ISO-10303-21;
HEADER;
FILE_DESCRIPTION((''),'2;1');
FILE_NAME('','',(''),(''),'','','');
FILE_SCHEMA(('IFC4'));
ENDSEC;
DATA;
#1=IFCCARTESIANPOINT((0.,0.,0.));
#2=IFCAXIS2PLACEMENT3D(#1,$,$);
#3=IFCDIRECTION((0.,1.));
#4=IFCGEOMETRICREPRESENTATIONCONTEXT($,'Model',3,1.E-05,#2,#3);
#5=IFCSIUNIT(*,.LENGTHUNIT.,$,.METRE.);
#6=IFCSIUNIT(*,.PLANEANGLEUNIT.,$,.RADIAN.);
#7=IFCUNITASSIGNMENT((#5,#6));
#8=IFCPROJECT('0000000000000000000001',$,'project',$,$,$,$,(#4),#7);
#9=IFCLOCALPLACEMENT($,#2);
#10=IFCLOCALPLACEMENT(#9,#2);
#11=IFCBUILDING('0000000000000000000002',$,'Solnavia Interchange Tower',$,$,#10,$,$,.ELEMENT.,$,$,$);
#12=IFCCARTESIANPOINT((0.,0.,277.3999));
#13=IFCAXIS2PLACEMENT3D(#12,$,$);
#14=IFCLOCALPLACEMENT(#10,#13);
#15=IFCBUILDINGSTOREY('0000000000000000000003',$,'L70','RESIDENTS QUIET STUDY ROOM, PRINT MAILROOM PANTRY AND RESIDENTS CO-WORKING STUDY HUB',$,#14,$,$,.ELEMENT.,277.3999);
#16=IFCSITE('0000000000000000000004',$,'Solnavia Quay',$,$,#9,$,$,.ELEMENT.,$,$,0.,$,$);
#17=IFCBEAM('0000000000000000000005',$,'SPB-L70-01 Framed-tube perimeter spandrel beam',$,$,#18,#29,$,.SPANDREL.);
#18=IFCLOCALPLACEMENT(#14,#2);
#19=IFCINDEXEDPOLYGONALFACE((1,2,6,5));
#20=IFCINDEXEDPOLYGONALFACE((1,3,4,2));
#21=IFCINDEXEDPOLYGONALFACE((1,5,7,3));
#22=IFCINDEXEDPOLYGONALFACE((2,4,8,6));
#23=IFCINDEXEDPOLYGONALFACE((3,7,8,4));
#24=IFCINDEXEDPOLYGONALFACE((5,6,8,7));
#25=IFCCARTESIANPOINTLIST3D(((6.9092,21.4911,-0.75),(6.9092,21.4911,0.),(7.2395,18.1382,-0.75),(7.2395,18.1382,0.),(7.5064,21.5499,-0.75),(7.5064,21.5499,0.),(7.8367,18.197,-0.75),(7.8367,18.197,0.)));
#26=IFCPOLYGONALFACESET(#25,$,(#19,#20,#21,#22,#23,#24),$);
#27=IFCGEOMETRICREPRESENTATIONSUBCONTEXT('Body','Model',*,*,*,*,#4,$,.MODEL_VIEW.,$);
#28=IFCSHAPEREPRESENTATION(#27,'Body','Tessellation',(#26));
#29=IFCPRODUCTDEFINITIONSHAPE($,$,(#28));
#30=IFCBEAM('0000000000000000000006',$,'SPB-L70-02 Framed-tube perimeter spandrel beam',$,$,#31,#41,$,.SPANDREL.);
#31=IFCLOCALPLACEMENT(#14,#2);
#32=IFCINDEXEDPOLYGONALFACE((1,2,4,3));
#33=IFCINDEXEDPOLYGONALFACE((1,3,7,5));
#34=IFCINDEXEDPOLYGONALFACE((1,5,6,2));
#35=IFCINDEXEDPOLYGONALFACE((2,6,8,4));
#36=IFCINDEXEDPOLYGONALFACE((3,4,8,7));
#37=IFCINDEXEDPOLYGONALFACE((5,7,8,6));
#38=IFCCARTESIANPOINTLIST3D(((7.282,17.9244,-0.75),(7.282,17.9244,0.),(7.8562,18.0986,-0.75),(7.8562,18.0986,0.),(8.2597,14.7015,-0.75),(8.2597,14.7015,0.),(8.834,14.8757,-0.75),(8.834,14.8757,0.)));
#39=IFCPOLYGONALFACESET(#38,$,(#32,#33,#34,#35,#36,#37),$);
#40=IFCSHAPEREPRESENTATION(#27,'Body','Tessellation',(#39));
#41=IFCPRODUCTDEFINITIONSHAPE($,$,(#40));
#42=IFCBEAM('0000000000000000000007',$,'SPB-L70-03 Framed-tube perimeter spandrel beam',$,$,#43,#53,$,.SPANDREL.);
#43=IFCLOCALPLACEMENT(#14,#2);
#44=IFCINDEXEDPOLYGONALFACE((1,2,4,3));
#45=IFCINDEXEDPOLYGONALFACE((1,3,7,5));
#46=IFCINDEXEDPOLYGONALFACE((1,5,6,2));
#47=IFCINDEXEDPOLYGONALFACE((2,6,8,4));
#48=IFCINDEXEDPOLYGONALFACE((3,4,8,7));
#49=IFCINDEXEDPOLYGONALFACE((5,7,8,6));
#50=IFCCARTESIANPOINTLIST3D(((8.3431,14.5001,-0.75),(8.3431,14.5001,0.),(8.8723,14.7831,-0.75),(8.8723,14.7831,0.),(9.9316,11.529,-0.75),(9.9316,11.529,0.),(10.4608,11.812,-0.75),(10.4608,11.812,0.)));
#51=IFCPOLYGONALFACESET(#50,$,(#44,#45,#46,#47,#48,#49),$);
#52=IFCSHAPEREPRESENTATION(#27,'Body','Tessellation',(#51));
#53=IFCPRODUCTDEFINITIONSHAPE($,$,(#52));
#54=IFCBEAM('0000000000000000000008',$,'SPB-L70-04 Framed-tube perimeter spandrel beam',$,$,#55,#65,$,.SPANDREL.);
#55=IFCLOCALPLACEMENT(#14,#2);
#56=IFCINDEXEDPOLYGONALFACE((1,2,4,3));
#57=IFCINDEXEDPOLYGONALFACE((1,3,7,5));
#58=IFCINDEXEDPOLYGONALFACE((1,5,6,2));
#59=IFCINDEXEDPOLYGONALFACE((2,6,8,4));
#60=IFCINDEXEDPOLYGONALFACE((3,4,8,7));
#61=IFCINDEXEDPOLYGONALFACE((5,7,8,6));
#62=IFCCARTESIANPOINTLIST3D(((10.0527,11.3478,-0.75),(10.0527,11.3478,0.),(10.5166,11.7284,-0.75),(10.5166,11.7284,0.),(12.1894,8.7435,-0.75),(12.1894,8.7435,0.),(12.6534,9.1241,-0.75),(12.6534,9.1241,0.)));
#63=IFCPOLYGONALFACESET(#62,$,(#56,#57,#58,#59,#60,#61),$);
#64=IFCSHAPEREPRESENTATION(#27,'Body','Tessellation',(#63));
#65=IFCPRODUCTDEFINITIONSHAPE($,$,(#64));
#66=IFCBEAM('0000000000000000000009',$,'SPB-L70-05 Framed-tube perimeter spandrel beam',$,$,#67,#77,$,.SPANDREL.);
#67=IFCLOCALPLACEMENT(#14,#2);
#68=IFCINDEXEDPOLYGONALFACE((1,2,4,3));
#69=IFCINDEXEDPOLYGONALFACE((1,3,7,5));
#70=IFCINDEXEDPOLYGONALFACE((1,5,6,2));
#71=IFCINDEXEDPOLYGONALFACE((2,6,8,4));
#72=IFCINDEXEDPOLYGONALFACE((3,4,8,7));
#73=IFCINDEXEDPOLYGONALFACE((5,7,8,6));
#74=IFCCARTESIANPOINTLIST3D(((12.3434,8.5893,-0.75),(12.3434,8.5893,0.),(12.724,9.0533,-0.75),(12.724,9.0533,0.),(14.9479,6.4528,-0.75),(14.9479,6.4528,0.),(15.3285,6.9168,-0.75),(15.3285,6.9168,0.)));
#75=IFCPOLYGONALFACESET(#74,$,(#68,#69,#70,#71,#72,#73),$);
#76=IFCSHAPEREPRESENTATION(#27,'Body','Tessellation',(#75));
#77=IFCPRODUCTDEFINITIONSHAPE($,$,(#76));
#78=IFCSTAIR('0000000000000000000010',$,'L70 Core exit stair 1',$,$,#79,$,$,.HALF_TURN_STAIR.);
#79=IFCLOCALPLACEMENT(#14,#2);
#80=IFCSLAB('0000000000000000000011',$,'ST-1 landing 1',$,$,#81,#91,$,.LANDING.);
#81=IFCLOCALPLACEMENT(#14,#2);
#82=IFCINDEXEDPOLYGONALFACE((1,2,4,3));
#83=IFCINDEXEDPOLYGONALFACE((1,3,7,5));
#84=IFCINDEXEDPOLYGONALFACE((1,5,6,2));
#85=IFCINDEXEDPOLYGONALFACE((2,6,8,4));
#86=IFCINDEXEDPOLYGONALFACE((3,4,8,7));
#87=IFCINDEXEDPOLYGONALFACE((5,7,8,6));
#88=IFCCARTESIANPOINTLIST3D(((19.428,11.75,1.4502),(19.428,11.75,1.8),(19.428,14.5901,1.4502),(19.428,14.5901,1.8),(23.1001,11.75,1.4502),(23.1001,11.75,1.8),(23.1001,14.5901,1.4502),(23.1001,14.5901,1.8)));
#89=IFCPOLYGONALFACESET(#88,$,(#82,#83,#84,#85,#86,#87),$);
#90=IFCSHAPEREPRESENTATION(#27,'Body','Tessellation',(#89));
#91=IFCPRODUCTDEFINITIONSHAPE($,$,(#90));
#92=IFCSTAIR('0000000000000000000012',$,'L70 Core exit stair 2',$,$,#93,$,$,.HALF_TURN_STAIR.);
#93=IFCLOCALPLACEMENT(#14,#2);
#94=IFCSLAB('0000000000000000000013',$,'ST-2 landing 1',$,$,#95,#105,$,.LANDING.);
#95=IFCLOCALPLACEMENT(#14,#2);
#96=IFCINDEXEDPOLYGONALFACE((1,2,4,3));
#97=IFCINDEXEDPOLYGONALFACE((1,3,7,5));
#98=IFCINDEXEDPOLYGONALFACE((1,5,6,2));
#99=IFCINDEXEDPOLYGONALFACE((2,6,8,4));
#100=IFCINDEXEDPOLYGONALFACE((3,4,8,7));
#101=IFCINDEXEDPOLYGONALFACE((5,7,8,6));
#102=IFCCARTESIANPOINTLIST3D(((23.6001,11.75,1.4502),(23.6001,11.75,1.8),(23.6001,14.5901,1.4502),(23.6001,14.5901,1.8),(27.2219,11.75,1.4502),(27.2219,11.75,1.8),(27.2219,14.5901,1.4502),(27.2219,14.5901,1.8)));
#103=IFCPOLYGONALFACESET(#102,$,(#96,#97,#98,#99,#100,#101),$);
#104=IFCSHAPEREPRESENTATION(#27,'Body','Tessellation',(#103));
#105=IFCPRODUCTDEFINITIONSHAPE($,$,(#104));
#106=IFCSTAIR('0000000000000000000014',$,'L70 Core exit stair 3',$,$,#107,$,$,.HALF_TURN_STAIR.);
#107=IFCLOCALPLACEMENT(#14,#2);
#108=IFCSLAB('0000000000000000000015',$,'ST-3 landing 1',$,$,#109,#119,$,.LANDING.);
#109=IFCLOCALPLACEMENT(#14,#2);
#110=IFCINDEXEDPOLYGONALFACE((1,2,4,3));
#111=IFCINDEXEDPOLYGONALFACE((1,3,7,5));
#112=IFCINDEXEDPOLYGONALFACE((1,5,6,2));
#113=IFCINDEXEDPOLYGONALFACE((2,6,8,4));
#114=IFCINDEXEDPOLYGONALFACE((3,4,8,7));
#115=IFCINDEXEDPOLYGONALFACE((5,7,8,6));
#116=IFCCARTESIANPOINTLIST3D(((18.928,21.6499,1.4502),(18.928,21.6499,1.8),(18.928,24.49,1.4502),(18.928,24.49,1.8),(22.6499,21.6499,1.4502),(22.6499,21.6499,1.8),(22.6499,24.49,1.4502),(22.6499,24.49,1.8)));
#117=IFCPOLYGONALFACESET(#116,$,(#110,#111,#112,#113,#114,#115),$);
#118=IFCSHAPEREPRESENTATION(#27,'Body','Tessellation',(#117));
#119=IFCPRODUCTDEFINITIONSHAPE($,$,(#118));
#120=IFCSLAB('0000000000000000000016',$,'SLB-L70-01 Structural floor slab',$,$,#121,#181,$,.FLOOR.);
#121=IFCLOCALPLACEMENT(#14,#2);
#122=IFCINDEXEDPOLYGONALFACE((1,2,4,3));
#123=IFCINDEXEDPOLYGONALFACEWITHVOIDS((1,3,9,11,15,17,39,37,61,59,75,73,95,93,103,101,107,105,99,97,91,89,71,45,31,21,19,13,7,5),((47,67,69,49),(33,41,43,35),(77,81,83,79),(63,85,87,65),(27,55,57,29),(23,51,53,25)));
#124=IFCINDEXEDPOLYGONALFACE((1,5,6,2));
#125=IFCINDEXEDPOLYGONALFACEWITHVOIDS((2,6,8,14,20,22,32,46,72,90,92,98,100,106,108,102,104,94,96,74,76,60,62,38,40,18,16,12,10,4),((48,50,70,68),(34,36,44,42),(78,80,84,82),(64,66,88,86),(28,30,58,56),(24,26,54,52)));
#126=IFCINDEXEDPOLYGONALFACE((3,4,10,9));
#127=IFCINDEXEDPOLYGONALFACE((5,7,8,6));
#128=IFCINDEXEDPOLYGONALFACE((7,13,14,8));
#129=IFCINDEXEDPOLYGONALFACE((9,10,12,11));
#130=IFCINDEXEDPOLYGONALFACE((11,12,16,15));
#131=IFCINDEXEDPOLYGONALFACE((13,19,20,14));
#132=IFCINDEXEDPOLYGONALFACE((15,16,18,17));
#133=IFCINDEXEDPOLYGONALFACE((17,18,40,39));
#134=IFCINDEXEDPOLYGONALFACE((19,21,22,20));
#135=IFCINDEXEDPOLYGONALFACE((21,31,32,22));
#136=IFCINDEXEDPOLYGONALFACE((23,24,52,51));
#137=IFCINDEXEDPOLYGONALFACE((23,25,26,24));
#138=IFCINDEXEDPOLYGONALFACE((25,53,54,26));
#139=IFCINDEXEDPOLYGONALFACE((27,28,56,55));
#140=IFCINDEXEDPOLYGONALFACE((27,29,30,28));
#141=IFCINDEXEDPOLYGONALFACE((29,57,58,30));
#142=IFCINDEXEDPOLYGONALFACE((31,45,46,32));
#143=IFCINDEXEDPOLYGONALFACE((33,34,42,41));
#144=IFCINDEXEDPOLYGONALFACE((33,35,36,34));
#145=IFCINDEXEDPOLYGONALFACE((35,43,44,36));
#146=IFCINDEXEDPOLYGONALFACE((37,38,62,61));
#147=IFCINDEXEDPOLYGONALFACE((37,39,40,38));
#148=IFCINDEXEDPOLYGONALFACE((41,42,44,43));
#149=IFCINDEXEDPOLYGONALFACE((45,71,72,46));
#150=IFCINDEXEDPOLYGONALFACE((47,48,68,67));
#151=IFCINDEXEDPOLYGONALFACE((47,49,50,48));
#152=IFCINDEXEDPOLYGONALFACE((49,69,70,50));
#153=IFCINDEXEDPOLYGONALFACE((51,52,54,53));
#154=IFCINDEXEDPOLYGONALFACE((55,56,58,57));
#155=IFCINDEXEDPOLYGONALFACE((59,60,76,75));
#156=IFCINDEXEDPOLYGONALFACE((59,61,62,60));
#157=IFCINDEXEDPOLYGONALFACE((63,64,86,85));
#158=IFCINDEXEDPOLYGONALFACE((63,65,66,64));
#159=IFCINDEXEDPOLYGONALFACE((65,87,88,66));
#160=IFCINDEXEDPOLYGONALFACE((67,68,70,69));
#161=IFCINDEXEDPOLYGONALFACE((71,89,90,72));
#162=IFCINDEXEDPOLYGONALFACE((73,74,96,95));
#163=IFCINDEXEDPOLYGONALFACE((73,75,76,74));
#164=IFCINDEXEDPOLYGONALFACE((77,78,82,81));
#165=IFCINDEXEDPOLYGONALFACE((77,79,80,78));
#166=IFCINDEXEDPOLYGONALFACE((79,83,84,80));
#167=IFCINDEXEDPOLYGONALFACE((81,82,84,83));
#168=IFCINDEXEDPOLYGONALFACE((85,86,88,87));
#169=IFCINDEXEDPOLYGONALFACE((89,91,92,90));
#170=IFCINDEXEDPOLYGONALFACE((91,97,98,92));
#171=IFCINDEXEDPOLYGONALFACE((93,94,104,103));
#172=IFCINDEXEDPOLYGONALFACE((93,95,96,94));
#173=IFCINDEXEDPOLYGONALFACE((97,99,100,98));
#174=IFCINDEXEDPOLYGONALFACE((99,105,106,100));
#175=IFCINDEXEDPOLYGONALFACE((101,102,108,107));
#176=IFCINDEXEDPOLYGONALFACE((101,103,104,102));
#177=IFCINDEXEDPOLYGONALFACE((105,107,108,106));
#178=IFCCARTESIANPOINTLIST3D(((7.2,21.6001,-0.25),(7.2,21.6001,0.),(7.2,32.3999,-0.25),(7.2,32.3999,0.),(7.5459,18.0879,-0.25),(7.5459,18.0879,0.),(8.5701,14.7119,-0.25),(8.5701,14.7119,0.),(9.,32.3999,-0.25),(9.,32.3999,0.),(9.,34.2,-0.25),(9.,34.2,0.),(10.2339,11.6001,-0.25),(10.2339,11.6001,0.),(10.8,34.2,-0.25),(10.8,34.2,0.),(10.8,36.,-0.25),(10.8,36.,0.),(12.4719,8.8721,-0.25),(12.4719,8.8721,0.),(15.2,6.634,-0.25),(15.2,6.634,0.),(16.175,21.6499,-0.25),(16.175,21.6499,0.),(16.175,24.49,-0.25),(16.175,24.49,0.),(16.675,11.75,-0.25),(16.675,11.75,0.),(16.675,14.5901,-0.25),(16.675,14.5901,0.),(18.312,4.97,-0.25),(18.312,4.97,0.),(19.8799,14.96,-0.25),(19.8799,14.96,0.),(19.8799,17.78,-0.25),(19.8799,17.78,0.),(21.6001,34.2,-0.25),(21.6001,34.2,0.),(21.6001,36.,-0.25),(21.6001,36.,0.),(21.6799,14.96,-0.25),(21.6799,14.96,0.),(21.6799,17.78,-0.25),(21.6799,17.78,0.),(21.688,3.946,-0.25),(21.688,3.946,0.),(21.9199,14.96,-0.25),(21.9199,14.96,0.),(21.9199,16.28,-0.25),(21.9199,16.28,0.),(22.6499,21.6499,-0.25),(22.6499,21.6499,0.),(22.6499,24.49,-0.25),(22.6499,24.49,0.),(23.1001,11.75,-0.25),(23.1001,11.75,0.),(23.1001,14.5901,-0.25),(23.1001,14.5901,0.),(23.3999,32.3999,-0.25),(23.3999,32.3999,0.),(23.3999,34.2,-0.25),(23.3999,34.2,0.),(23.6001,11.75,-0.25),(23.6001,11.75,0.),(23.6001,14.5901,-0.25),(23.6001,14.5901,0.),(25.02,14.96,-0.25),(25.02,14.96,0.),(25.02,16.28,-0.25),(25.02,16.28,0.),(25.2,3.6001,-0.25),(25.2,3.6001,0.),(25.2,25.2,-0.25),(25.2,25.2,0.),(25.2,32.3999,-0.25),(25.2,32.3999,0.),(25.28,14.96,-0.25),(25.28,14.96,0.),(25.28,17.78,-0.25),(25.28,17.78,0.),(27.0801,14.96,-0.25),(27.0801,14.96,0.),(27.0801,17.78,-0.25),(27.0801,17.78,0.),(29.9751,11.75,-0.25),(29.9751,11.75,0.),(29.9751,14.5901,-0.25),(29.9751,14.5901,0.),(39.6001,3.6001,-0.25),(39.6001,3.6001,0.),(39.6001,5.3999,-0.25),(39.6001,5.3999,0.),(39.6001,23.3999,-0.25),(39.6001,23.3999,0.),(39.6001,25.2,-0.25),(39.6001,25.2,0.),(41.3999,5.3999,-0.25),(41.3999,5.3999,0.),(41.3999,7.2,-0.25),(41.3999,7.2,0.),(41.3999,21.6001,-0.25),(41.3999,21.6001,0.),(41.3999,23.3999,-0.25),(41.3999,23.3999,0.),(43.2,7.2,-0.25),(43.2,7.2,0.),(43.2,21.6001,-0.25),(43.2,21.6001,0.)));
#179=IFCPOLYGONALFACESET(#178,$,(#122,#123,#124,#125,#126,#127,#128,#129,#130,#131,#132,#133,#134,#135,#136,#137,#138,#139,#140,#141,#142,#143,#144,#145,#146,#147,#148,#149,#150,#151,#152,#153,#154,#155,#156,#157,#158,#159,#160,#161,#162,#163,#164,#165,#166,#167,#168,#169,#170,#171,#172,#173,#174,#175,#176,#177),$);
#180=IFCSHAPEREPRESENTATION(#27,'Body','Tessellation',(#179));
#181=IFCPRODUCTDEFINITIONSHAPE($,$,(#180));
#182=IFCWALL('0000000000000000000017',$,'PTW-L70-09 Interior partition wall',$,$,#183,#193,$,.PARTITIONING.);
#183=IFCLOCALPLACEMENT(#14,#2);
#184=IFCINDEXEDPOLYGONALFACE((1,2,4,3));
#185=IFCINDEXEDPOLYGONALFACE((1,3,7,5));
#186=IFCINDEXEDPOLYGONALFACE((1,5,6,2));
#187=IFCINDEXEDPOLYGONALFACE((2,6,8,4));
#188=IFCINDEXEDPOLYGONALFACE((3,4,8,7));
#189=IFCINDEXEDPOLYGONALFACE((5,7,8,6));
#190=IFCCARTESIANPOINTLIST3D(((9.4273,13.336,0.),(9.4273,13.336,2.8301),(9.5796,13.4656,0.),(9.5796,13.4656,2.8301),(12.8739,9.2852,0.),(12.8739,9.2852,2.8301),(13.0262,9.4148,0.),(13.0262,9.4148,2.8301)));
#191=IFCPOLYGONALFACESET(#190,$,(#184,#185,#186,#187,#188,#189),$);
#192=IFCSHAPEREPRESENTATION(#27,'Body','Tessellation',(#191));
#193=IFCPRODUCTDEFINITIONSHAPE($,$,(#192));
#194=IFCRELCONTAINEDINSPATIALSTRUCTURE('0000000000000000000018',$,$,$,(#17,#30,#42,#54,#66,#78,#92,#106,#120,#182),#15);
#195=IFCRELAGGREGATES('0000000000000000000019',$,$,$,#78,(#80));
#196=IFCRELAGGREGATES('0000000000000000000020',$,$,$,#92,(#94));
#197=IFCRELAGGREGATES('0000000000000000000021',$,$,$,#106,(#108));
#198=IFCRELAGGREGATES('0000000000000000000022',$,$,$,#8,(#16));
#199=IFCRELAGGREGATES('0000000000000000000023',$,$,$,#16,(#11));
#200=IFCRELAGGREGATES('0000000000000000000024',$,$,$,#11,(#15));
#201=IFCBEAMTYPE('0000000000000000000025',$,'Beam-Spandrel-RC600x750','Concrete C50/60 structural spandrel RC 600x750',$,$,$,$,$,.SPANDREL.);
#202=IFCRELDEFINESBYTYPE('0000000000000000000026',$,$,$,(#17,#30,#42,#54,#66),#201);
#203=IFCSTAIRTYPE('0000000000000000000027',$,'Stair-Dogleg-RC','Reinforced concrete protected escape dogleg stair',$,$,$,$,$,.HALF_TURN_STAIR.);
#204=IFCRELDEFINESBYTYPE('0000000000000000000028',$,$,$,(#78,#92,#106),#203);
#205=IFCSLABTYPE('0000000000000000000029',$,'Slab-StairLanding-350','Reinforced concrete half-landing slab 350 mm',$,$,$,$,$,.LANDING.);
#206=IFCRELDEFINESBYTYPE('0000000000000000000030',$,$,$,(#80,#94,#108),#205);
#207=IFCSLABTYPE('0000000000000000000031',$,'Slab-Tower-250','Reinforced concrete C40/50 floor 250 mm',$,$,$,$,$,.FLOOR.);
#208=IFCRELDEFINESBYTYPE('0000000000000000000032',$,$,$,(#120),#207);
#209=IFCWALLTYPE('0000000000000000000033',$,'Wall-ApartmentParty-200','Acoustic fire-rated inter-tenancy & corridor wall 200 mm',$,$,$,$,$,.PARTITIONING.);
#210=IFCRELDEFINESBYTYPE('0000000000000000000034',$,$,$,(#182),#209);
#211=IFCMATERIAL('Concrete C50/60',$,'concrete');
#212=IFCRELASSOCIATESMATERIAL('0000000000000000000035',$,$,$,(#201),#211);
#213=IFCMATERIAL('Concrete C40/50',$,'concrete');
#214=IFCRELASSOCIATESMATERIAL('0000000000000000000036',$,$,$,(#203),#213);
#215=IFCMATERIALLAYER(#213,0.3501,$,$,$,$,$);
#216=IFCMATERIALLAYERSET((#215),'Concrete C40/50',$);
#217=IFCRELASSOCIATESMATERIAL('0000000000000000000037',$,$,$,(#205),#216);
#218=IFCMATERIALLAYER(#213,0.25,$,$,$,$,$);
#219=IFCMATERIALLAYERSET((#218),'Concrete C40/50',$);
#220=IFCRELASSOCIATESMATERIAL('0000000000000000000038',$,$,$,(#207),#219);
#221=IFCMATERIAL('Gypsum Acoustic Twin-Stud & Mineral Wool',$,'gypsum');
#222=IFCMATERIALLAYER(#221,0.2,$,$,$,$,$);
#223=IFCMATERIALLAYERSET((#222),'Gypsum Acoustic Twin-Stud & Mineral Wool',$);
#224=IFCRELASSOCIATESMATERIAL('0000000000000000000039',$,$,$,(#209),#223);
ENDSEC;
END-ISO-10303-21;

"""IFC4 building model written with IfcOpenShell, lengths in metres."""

from ifc_helpers import new_model, si_unit, direction, frame, frame_2d, origin, origin_2d, place, context, subcontext, project, spatial, polyline, rectangle, outline, extrude, material, layer, layer_set, material_profile, profile_set, type_object, element, aggregate, save


model = new_model("IFC4")

# Units and contexts
model_context = context("Model", 3, precision=1e-05, world=origin(), true_north=direction((0.0, 1.0)))
body_context = subcontext(model_context, "Body", "Model", "MODEL_VIEW")
ifc_project = project(units=[si_unit("LENGTHUNIT", "METRE"), si_unit("PLANEANGLEUNIT", "RADIAN")], contexts=[model_context])

# Site, building, storey
site_placement = place(None, origin())
site = spatial("IfcSite", under=ifc_project, at=site_placement, Name="Solnavia Quay", CompositionType="ELEMENT", RefElevation=0.0)
building_placement = place(site_placement, origin())
building = spatial("IfcBuilding", under=site, at=building_placement, Name="Solnavia Interchange Tower", CompositionType="ELEMENT")
storey_placement = place(building_placement, frame((0.0, 0.0, 277.3999)))
storey = spatial("IfcBuildingStorey", under=building, at=storey_placement, Name="L70", Description="RESIDENTS QUIET STUDY ROOM, PRINT MAILROOM PANTRY AND RESIDENTS CO-WORKING STUDY HUB", CompositionType="ELEMENT", Elevation=277.3999)

# Shared definitions
ifc_material_1 = material(Name="Concrete C50/60", Category="concrete")

# Beams
ifc_material_profile_1 = material_profile(ifc_material_1, rectangle(XDim=0.6001, YDim=0.75, at=origin_2d()), Name="RC 600x750")
ifc_profile_set_1 = profile_set([ifc_material_profile_1], Name="Concrete C50/60")
beam_type_1 = type_object("IfcBeamType", Name="Beam-Spandrel-RC600x750", Description="Concrete C50/60 structural spandrel RC 600x750", PredefinedType="SPANDREL", material=ifc_profile_set_1)
beam_1_placement = place(storey_placement, frame((7.2078, 21.5205, -0.375), z_axis=(0.09804, -0.995182, 0.0), x_axis=(0.995182, 0.09804, 0.0)))
element("IfcBeam", 1, at=beam_1_placement, inside=storey, type_object=beam_type_1, Name="SPB-L70-01 Framed-tube perimeter spandrel beam", PredefinedType="SPANDREL", context=body_context, shape_type="SweptSolid", body=[
    extrude(rectangle(XDim=0.6001, YDim=0.75, at=origin_2d()), origin(), (0.0, 0.0, 1.0), 3.3691),
])
beam_2_placement = place(storey_placement, frame((7.5691, 18.0115, -0.375), z_axis=(0.290319, -0.95693, 0.0), x_axis=(0.95693, 0.290319, 0.0)))
element("IfcBeam", 2, at=beam_2_placement, inside=storey, type_object=beam_type_1, Name="SPB-L70-02 Framed-tube perimeter spandrel beam", PredefinedType="SPANDREL", context=body_context, shape_type="SweptSolid", body=[
    extrude(rectangle(XDim=0.6001, YDim=0.75, at=origin_2d()), origin(), (0.0, 0.0, 1.0), 3.3679),
])
beam_3_placement = place(storey_placement, frame((8.6077, 14.6416, -0.375), z_axis=(0.471509, -0.881861, 0.0), x_axis=(0.881861, 0.471509, 0.0)))
element("IfcBeam", 3, at=beam_3_placement, inside=storey, type_object=beam_type_1, Name="SPB-L70-03 Framed-tube perimeter spandrel beam", PredefinedType="SPANDREL", context=body_context, shape_type="SweptSolid", body=[
    extrude(rectangle(XDim=0.6001, YDim=0.75, at=origin_2d()), origin(), (0.0, 0.0, 1.0), 3.3691),
])
for number, where, z_axis, x_axis, name in (
    (4, (10.2847, 11.5381, -0.375), (0.634299, -0.773088, 0.0), (0.773088, 0.634299, 0.0), "SPB-L70-04 Framed-tube perimeter spandrel beam"),
    (5, (12.5337, 8.8213, -0.375), (0.773153, -0.63422, 0.0), (0.63422, 0.773153, 0.0), "SPB-L70-05 Framed-tube perimeter spandrel beam"),
):
    element("IfcBeam", number, at=place(storey_placement, frame(where, z_axis=z_axis, x_axis=x_axis)), inside=storey, type_object=beam_type_1, Name=name, PredefinedType="SPANDREL", context=body_context, shape_type="SweptSolid", body=[
        extrude(rectangle(XDim=0.6001, YDim=0.75, at=origin_2d()), origin(), (0.0, 0.0, 1.0), 3.3687),
    ])

# Stairs, slabs
ifc_material_2 = material(Name="Concrete C40/50", Category="concrete")
stair_type = type_object("IfcStairType", Name="Stair-Dogleg-RC", Description="Reinforced concrete protected escape dogleg stair", PredefinedType="HALF_TURN_STAIR", material=ifc_material_2)
stair_1_placement = place(storey_placement, origin())
stair_1 = element("IfcStair", 6, at=stair_1_placement, inside=storey, type_object=stair_type, Name="L70 Core exit stair 1", PredefinedType="HALF_TURN_STAIR")
ifc_layer_1 = layer(ifc_material_2, 0.3501)
ifc_layer_set_1 = layer_set([ifc_layer_1], Name="Concrete C40/50")
slab_type_1 = type_object("IfcSlabType", Name="Slab-StairLanding-350", Description="Reinforced concrete half-landing slab 350 mm", PredefinedType="LANDING", material=ifc_layer_set_1)
slab_1_placement = place(storey_placement, frame((0.0, 0.0, 1.4502)))
slab_1 = element("IfcSlab", 7, at=slab_1_placement, type_object=slab_type_1, Name="ST-1 landing 1", PredefinedType="LANDING", context=body_context, shape_type="SweptSolid", body=[
    extrude(outline(polyline([(19.428, 11.75), (23.1001, 11.75), (23.1001, 14.5901), (19.428, 14.5901), (19.428, 11.75)])), origin(), (0.0, 0.0, 1.0), 0.3499),
])
aggregate(stair_1, [slab_1])
stair_2_placement = place(storey_placement, origin())
stair_2 = element("IfcStair", 8, at=stair_2_placement, inside=storey, type_object=stair_type, Name="L70 Core exit stair 2", PredefinedType="HALF_TURN_STAIR")
slab_2_placement = place(storey_placement, frame((0.0, 0.0, 1.4502)))
slab_2 = element("IfcSlab", 9, at=slab_2_placement, type_object=slab_type_1, Name="ST-2 landing 1", PredefinedType="LANDING", context=body_context, shape_type="SweptSolid", body=[
    extrude(outline(polyline([(23.6001, 11.75), (27.2219, 11.75), (27.2219, 14.5901), (23.6001, 14.5901), (23.6001, 11.75)])), origin(), (0.0, 0.0, 1.0), 0.3499),
])
aggregate(stair_2, [slab_2])
stair_3_placement = place(storey_placement, origin())
stair_3 = element("IfcStair", 10, at=stair_3_placement, inside=storey, type_object=stair_type, Name="L70 Core exit stair 3", PredefinedType="HALF_TURN_STAIR")
slab_3_placement = place(storey_placement, frame((0.0, 0.0, 1.4502)))
slab_3 = element("IfcSlab", 11, at=slab_3_placement, type_object=slab_type_1, Name="ST-3 landing 1", PredefinedType="LANDING", context=body_context, shape_type="SweptSolid", body=[
    extrude(outline(polyline([(18.928, 21.6499), (22.6499, 21.6499), (22.6499, 24.49), (18.928, 24.49), (18.928, 21.6499)])), origin(), (0.0, 0.0, 1.0), 0.3499),
])
aggregate(stair_3, [slab_3])

# Slab
ifc_layer_2 = layer(ifc_material_2, 0.25)
ifc_layer_set_2 = layer_set([ifc_layer_2], Name="Concrete C40/50")
slab_type_2 = type_object("IfcSlabType", Name="Slab-Tower-250", Description="Reinforced concrete C40/50 floor 250 mm", PredefinedType="FLOOR", material=ifc_layer_set_2)
slab_4_placement = place(storey_placement, frame((0.0, 0.0, -0.25)))
element("IfcSlab", 12, at=slab_4_placement, inside=storey, type_object=slab_type_2, Name="SLB-L70-01 Structural floor slab", PredefinedType="FLOOR", context=body_context, shape_type="SweptSolid", body=[
    extrude(outline(polyline([(25.2, 3.6001), (39.6001, 3.6001), (39.6001, 5.3999), (41.3999, 5.3999), (41.3999, 7.2), (43.2, 7.2), (43.2, 21.6001), (41.3999, 21.6001), (41.3999, 23.3999), (39.6001, 23.3999), (39.6001, 25.2), (25.2, 25.2), (25.2, 32.3999), (23.3999, 32.3999), (23.3999, 34.2), (21.6001, 34.2), (21.6001, 36.0), (10.8, 36.0), (10.8, 34.2), (9.0, 34.2), (9.0, 32.3999), (7.2, 32.3999), (7.2, 21.6001), (7.5459, 18.0879), (8.5701, 14.7119), (10.2339, 11.6001), (12.4719, 8.8721), (15.2, 6.634), (18.312, 4.97), (21.688, 3.946), (25.2, 3.6001)]), holes=[polyline([(16.675, 11.75), (23.1001, 11.75), (23.1001, 14.5901), (16.675, 14.5901), (16.675, 11.75)]), polyline([(23.6001, 11.75), (29.9751, 11.75), (29.9751, 14.5901), (23.6001, 14.5901), (23.6001, 11.75)]), polyline([(16.175, 21.6499), (22.6499, 21.6499), (22.6499, 24.49), (16.175, 24.49), (16.175, 21.6499)]), polyline([(19.8799, 14.96), (21.6799, 14.96), (21.6799, 17.78), (19.8799, 17.78), (19.8799, 14.96)]), polyline([(25.28, 14.96), (27.0801, 14.96), (27.0801, 17.78), (25.28, 17.78), (25.28, 14.96)]), polyline([(21.9199, 14.96), (25.02, 14.96), (25.02, 16.28), (21.9199, 16.28), (21.9199, 14.96)])]), origin(), (0.0, 0.0, 1.0), 0.25),
])

# Wall
ifc_material_3 = material(Name="Gypsum Acoustic Twin-Stud & Mineral Wool", Category="gypsum")
ifc_layer_3 = layer(ifc_material_3, 0.2)
ifc_layer_set_3 = layer_set([ifc_layer_3], Name="Gypsum Acoustic Twin-Stud & Mineral Wool")
wall_type_1 = type_object("IfcWallType", Name="Wall-ApartmentParty-200", Description="Acoustic fire-rated inter-tenancy & corridor wall 200 mm", PredefinedType="PARTITIONING", material=ifc_layer_set_3)
wall_1_placement = place(storey_placement, frame((12.95, 9.3501, 0.0), z_axis=(0.0, 0.0, 1.0), x_axis=(-0.648016, 0.761627, 0.0)))
element("IfcWall", 13, at=wall_1_placement, inside=storey, type_object=wall_type_1, Name="PTW-L70-09 Interior partition wall", PredefinedType="PARTITIONING", context=body_context, shape_type="SweptSolid", body=[
    extrude(rectangle(XDim=5.3186, YDim=0.2, at=frame_2d((2.6592, 0.0))), origin(), (0.0, 0.0, 1.0), 2.8301),
])

save(model, "model.ifc")
